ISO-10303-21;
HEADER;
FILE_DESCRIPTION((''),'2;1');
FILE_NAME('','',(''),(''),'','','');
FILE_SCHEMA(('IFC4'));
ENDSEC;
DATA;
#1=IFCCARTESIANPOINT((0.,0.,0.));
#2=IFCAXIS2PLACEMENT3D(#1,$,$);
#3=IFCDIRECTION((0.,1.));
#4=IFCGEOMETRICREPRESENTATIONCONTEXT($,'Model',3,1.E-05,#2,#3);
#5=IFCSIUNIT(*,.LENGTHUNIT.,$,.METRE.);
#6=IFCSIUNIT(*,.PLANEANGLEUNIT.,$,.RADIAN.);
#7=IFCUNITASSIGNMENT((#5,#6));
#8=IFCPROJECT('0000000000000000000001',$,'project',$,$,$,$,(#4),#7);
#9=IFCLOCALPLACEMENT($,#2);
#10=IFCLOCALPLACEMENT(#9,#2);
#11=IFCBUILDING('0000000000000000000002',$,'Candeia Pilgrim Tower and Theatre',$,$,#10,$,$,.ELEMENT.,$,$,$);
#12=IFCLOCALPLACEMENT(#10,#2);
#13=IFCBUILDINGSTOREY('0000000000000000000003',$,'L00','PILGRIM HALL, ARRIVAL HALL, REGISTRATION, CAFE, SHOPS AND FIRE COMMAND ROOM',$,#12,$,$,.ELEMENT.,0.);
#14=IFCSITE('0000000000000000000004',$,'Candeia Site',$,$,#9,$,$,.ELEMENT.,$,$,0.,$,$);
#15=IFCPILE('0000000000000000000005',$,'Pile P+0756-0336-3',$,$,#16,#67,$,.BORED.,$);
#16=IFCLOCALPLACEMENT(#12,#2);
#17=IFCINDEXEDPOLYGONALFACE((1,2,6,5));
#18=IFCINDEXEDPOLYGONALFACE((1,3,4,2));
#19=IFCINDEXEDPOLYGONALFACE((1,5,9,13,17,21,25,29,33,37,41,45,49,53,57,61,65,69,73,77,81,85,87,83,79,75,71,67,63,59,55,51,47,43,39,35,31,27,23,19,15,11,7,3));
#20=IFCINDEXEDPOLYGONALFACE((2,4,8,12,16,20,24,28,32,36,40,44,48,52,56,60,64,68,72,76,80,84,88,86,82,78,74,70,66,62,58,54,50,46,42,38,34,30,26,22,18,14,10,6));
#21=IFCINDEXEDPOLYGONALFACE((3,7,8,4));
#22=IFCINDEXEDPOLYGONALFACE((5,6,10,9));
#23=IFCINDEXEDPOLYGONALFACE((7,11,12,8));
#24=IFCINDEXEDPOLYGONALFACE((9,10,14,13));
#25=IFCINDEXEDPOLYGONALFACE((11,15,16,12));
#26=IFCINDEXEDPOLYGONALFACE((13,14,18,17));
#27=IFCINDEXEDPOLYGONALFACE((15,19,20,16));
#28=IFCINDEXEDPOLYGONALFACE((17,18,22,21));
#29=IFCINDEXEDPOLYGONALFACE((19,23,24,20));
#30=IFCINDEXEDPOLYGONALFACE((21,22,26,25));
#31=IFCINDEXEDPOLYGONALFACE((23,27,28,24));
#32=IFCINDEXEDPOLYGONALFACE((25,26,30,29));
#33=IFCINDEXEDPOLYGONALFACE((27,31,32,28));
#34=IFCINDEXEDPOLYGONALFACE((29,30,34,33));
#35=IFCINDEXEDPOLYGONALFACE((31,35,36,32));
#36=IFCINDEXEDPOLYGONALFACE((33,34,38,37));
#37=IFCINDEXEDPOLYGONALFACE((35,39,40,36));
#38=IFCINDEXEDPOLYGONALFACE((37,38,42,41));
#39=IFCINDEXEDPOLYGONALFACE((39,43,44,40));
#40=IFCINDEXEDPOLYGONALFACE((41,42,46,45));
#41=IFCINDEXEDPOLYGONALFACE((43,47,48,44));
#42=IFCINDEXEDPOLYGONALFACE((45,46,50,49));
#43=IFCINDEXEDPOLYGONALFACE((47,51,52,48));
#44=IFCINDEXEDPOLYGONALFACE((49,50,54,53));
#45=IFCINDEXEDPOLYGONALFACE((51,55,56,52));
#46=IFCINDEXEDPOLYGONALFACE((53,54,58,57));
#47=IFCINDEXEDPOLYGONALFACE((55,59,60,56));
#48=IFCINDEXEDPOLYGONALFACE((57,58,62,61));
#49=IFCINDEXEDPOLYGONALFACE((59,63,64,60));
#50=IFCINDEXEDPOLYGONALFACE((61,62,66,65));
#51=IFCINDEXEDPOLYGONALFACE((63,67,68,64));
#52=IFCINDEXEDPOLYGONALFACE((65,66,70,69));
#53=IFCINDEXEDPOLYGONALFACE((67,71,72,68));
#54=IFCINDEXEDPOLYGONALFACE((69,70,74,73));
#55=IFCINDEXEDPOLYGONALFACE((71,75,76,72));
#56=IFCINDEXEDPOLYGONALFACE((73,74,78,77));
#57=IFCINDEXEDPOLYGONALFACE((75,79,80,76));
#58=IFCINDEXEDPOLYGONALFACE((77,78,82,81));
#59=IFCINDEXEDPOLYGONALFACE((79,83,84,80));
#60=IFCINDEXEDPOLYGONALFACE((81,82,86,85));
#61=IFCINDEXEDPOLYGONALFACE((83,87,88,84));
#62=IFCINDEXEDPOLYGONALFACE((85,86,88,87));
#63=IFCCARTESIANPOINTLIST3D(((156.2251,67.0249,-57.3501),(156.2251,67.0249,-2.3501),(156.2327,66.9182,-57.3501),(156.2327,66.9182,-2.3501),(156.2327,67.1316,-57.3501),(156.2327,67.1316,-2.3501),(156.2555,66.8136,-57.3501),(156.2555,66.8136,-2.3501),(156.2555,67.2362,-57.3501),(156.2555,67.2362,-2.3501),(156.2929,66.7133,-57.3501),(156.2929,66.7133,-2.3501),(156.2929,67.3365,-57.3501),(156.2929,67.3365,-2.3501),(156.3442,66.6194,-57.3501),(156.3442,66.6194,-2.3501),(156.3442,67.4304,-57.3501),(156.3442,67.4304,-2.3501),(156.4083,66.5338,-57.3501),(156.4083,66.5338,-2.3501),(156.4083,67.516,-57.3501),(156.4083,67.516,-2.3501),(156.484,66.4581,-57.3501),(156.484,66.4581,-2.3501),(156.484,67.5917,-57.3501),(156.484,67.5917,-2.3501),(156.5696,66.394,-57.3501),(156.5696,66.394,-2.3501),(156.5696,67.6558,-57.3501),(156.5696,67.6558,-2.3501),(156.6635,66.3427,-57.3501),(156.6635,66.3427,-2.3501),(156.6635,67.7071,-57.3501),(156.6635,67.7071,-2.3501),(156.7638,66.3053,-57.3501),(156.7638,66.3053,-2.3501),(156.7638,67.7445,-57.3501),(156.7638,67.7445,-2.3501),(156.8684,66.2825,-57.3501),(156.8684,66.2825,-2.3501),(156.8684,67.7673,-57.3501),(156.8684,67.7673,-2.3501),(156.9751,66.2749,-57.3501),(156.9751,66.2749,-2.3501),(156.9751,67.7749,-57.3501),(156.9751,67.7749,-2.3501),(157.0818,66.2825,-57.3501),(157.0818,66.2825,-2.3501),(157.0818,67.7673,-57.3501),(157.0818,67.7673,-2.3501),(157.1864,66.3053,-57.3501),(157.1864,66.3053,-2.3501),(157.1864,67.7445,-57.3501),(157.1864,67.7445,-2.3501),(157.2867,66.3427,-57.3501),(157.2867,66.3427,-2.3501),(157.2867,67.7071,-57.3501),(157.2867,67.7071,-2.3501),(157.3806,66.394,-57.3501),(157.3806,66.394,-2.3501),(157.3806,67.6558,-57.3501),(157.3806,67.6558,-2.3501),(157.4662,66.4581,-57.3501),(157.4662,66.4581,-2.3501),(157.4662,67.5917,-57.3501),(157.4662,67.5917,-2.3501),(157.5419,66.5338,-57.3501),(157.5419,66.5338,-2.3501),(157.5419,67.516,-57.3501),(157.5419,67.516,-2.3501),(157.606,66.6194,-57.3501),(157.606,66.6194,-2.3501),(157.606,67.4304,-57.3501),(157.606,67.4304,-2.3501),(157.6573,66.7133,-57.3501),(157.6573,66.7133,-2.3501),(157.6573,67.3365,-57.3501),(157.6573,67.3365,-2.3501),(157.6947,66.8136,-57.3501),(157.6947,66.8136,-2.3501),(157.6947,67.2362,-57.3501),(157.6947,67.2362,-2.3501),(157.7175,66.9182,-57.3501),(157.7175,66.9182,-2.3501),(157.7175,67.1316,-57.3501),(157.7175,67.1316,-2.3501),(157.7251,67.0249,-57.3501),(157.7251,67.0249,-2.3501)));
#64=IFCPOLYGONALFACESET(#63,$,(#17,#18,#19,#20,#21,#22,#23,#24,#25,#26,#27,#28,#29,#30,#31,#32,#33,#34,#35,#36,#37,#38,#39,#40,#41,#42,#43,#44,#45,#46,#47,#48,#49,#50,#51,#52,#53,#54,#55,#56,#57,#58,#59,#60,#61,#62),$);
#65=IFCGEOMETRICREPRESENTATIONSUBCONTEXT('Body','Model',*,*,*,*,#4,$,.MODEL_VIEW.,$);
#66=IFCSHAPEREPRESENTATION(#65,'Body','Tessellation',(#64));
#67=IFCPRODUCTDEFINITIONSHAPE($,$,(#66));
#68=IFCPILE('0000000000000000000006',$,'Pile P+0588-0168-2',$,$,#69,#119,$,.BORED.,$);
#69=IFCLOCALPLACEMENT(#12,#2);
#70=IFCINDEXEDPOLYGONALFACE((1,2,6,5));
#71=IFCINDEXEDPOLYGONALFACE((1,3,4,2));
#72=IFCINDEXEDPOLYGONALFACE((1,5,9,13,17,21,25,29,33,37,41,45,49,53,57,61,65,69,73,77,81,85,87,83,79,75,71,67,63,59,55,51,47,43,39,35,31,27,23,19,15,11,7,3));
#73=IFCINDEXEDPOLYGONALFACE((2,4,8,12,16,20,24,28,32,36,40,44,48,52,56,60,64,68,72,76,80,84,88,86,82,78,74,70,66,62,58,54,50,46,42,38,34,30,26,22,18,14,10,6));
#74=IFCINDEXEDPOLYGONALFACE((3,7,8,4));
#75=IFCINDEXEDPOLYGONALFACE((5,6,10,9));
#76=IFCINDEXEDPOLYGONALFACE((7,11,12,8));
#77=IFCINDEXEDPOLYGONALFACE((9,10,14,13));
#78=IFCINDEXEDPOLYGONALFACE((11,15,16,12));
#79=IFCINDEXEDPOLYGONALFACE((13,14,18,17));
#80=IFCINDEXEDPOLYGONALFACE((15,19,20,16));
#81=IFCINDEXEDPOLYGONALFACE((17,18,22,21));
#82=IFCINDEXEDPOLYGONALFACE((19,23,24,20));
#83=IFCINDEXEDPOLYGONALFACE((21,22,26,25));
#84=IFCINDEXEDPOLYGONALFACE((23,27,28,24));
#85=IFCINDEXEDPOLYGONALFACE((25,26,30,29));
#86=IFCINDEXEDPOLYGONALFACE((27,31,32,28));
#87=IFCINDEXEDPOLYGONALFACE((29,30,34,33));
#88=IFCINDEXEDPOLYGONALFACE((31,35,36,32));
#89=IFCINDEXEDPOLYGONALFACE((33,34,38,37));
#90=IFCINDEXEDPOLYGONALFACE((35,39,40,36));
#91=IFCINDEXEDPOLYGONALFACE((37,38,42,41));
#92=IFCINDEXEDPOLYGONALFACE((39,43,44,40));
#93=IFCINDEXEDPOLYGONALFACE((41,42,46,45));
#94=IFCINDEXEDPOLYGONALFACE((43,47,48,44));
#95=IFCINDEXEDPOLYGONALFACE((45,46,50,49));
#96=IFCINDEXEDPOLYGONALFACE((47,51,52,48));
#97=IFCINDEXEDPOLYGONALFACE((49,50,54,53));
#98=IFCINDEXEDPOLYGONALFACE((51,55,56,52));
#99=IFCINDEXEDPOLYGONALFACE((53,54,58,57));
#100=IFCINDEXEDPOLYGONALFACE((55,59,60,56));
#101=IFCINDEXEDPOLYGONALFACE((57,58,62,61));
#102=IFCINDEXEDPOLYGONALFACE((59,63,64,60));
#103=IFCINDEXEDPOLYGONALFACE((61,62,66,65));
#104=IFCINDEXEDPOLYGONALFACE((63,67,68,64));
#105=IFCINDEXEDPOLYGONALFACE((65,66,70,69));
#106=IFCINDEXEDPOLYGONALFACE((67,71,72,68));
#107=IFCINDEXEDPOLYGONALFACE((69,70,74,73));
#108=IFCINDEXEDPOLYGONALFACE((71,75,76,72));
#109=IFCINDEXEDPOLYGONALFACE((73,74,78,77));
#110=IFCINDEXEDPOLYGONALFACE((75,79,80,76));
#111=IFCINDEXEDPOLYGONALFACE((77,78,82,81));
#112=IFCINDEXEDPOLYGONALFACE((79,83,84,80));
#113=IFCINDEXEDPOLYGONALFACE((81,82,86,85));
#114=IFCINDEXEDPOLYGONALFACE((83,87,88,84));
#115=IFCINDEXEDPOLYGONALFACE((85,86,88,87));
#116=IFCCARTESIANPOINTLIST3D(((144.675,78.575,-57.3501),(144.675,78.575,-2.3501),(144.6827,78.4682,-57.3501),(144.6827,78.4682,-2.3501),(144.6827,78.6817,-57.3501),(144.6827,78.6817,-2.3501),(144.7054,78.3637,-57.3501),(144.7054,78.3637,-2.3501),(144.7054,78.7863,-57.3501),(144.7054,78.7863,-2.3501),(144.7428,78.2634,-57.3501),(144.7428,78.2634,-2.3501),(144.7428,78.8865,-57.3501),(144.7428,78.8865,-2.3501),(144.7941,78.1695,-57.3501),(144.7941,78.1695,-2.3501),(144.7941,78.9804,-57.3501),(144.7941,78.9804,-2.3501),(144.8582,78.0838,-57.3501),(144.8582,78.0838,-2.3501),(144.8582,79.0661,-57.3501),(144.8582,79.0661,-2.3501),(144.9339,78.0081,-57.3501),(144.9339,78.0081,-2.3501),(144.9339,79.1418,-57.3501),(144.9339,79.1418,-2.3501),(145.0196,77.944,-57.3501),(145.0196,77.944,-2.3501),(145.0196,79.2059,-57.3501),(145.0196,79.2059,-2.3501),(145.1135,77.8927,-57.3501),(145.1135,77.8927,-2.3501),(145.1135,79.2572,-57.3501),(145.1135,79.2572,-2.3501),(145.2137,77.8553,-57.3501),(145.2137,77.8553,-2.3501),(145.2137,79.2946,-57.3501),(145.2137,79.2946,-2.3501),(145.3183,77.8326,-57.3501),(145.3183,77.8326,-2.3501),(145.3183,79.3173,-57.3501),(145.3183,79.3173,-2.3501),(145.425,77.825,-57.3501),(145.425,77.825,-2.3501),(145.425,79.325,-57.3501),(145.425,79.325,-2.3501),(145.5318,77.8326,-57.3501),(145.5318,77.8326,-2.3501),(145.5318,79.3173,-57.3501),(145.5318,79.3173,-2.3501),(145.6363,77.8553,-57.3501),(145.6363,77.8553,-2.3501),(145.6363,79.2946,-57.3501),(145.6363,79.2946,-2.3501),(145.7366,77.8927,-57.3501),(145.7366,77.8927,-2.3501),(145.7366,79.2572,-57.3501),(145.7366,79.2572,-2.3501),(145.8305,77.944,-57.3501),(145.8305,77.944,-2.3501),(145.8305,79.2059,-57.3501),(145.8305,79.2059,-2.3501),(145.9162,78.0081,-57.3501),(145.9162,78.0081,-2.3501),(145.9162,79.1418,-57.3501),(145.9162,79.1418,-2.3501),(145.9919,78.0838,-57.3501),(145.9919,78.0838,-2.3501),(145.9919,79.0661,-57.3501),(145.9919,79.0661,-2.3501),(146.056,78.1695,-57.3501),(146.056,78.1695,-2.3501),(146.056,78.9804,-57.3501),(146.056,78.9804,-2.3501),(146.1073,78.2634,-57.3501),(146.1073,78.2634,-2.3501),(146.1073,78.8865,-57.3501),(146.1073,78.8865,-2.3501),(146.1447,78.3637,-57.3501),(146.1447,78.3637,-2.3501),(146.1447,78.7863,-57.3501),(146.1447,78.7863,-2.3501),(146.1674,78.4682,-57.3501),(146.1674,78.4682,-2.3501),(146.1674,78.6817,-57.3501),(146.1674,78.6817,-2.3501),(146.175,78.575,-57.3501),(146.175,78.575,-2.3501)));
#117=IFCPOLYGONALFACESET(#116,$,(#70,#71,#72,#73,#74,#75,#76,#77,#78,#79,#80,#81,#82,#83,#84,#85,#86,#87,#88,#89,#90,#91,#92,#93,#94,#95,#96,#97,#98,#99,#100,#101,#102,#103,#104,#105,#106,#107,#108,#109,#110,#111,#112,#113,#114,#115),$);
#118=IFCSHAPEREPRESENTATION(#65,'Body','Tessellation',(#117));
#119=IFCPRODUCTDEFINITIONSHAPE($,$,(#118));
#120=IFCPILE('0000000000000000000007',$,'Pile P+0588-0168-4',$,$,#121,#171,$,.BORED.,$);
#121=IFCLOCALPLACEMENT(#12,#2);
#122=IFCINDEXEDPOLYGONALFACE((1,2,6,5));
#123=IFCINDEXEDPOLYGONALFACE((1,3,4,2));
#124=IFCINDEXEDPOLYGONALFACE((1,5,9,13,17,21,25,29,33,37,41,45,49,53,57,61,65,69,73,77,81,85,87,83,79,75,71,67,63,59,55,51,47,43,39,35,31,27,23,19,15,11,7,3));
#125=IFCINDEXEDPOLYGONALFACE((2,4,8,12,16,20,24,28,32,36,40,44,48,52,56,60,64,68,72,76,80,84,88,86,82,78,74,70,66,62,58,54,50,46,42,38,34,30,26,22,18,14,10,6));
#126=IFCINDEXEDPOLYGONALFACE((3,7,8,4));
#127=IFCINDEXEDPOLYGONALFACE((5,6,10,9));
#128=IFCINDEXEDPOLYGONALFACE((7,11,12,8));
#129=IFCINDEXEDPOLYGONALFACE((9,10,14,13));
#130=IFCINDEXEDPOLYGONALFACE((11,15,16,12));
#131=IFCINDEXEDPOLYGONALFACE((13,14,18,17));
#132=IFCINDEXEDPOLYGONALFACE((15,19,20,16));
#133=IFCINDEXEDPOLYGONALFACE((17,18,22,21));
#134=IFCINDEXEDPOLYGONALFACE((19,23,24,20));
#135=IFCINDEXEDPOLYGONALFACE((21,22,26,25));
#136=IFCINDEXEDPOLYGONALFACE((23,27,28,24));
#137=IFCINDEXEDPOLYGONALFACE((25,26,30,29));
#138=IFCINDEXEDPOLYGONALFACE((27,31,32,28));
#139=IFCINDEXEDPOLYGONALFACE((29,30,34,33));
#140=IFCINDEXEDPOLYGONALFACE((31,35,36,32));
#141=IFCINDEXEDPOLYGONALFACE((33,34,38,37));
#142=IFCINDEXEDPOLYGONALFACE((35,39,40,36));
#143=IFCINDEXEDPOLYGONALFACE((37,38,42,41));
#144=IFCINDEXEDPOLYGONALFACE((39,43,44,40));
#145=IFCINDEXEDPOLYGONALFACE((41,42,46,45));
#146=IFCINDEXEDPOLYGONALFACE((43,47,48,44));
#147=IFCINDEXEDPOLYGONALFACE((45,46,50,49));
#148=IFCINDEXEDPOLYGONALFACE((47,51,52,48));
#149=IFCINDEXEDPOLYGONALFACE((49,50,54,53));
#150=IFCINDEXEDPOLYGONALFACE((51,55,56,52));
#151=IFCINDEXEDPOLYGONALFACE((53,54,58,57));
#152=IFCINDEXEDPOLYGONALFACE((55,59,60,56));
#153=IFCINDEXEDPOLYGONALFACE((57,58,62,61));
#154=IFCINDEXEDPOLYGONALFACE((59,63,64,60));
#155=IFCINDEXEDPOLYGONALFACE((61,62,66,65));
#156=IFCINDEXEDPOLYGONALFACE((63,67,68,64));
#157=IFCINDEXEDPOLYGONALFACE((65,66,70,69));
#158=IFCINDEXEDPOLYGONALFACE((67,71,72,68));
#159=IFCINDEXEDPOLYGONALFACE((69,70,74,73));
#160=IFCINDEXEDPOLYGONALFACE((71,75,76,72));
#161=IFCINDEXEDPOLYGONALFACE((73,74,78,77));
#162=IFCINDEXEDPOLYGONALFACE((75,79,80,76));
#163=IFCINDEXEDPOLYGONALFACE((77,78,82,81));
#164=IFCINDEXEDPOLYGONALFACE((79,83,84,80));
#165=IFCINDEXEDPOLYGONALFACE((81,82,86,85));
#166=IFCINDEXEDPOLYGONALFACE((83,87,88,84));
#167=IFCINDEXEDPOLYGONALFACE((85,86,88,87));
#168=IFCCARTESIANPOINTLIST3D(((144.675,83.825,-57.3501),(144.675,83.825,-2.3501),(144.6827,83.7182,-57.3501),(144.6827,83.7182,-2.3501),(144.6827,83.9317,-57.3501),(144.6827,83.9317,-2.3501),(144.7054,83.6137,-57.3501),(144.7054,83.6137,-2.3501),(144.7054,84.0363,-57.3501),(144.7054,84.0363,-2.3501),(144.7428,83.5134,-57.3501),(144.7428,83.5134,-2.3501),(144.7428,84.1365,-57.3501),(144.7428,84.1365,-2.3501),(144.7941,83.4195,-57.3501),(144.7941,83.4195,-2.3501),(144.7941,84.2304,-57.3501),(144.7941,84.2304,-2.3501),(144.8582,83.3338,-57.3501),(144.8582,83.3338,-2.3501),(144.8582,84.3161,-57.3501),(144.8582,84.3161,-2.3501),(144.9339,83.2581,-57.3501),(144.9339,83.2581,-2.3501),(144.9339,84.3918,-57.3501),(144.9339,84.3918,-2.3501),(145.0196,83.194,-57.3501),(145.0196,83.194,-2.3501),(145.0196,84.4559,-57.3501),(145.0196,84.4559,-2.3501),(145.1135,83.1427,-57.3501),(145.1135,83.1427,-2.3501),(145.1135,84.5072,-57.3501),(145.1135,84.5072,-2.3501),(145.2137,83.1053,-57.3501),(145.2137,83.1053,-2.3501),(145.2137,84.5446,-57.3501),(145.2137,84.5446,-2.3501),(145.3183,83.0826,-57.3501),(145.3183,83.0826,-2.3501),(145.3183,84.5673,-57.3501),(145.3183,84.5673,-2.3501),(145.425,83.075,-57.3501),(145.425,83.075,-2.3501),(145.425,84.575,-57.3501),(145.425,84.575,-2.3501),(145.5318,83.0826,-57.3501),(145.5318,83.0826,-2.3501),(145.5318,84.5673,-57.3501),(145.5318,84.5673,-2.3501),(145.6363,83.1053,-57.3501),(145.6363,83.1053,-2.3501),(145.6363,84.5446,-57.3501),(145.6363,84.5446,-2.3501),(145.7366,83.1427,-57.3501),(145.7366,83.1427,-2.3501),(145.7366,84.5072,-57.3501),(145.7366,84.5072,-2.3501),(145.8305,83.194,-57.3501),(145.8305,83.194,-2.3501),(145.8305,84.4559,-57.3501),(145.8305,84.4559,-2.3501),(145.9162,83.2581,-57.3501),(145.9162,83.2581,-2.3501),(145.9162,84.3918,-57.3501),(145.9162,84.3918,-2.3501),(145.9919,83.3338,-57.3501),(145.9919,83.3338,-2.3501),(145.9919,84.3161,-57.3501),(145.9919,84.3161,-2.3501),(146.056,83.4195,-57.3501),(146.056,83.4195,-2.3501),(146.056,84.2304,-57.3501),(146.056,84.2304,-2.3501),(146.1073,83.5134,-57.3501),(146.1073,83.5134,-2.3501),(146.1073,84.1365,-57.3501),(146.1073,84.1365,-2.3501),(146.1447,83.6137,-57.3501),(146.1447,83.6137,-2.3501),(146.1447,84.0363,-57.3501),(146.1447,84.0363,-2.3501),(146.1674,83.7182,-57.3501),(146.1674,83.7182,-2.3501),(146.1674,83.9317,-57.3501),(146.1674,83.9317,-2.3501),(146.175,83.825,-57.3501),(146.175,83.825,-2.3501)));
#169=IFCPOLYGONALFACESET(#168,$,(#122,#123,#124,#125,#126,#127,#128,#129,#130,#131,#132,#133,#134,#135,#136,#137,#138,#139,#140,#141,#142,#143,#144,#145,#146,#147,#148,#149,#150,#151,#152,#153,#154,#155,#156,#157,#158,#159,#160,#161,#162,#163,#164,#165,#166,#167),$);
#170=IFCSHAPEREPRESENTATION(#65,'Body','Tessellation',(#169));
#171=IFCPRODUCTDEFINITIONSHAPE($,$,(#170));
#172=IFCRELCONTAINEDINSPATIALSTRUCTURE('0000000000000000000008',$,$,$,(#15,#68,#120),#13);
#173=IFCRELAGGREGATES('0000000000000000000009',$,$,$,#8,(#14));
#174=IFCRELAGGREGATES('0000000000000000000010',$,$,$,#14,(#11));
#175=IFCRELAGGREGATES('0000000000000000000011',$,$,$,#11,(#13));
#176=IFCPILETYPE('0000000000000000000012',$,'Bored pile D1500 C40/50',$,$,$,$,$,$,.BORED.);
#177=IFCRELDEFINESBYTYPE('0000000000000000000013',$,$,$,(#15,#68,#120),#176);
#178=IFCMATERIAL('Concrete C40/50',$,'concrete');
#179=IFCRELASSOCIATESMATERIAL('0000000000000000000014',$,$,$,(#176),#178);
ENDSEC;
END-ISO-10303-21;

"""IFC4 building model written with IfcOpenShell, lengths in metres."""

from ifc_helpers import new_model, si_unit, direction, frame, origin, origin_2d, place, context, subcontext, project, spatial, circle, extrude, material, material_profile, profile_set, type_object, element, save


model = new_model("IFC4")

# Units and contexts
model_context = context("Model", 3, precision=1e-05, world=origin(), true_north=direction((0.0, 1.0)))
body_context = subcontext(model_context, "Body", "Model", "MODEL_VIEW")
ifc_project = project(units=[si_unit("LENGTHUNIT", "METRE"), si_unit("PLANEANGLEUNIT", "RADIAN")], contexts=[model_context])

# Site, building, storey
site_placement = place(None, origin())
site = spatial("IfcSite", under=ifc_project, at=site_placement, Name="Candeia Site", CompositionType="ELEMENT", RefElevation=0.0)
building_placement = place(site_placement, origin())
building = spatial("IfcBuilding", under=site, at=building_placement, Name="Candeia Pilgrim Tower and Theatre", CompositionType="ELEMENT")
storey_placement = place(building_placement, origin())
storey = spatial("IfcBuildingStorey", under=building, at=storey_placement, Name="L00", Description="PILGRIM HALL, ARRIVAL HALL, REGISTRATION, CAFE, SHOPS AND FIRE COMMAND ROOM", CompositionType="ELEMENT", Elevation=0.0)

# Piles
ifc_material_1 = material(Name="Concrete C40/50", Category="concrete")
ifc_material_profile_1 = material_profile(ifc_material_1, circle(Radius=0.75, at=origin_2d()))
ifc_profile_set_1 = profile_set([ifc_material_profile_1], Name="Concrete C40/50")
pile_type = type_object("IfcPileType", Name="Bored pile D1500 C40/50", PredefinedType="BORED", material=ifc_profile_set_1)
for number, where, z_axis, x_axis, name in (
    (1, (156.9751, 67.0249, -2.3501), (0.0, 0.0, -1.0), (1.0, 0.0, 0.0), "Pile P+0756-0336-3"),
    (2, (145.425, 78.575, -2.3501), (0.0, 0.0, -1.0), (1.0, 0.0, 0.0), "Pile P+0588-0168-2"),
    (3, (145.425, 83.825, -2.3501), (0.0, 0.0, -1.0), (1.0, 0.0, 0.0), "Pile P+0588-0168-4"),
):
    element("IfcPile", number, at=place(storey_placement, frame(where, z_axis=z_axis, x_axis=x_axis)), inside=storey, type_object=pile_type, Name=name, PredefinedType="BORED", context=body_context, shape_type="SweptSolid", body=[
        extrude(circle(Radius=0.75, at=origin_2d()), origin(), (0.0, 0.0, 1.0), 55.0),
    ])

save(model, "model.ifc")
